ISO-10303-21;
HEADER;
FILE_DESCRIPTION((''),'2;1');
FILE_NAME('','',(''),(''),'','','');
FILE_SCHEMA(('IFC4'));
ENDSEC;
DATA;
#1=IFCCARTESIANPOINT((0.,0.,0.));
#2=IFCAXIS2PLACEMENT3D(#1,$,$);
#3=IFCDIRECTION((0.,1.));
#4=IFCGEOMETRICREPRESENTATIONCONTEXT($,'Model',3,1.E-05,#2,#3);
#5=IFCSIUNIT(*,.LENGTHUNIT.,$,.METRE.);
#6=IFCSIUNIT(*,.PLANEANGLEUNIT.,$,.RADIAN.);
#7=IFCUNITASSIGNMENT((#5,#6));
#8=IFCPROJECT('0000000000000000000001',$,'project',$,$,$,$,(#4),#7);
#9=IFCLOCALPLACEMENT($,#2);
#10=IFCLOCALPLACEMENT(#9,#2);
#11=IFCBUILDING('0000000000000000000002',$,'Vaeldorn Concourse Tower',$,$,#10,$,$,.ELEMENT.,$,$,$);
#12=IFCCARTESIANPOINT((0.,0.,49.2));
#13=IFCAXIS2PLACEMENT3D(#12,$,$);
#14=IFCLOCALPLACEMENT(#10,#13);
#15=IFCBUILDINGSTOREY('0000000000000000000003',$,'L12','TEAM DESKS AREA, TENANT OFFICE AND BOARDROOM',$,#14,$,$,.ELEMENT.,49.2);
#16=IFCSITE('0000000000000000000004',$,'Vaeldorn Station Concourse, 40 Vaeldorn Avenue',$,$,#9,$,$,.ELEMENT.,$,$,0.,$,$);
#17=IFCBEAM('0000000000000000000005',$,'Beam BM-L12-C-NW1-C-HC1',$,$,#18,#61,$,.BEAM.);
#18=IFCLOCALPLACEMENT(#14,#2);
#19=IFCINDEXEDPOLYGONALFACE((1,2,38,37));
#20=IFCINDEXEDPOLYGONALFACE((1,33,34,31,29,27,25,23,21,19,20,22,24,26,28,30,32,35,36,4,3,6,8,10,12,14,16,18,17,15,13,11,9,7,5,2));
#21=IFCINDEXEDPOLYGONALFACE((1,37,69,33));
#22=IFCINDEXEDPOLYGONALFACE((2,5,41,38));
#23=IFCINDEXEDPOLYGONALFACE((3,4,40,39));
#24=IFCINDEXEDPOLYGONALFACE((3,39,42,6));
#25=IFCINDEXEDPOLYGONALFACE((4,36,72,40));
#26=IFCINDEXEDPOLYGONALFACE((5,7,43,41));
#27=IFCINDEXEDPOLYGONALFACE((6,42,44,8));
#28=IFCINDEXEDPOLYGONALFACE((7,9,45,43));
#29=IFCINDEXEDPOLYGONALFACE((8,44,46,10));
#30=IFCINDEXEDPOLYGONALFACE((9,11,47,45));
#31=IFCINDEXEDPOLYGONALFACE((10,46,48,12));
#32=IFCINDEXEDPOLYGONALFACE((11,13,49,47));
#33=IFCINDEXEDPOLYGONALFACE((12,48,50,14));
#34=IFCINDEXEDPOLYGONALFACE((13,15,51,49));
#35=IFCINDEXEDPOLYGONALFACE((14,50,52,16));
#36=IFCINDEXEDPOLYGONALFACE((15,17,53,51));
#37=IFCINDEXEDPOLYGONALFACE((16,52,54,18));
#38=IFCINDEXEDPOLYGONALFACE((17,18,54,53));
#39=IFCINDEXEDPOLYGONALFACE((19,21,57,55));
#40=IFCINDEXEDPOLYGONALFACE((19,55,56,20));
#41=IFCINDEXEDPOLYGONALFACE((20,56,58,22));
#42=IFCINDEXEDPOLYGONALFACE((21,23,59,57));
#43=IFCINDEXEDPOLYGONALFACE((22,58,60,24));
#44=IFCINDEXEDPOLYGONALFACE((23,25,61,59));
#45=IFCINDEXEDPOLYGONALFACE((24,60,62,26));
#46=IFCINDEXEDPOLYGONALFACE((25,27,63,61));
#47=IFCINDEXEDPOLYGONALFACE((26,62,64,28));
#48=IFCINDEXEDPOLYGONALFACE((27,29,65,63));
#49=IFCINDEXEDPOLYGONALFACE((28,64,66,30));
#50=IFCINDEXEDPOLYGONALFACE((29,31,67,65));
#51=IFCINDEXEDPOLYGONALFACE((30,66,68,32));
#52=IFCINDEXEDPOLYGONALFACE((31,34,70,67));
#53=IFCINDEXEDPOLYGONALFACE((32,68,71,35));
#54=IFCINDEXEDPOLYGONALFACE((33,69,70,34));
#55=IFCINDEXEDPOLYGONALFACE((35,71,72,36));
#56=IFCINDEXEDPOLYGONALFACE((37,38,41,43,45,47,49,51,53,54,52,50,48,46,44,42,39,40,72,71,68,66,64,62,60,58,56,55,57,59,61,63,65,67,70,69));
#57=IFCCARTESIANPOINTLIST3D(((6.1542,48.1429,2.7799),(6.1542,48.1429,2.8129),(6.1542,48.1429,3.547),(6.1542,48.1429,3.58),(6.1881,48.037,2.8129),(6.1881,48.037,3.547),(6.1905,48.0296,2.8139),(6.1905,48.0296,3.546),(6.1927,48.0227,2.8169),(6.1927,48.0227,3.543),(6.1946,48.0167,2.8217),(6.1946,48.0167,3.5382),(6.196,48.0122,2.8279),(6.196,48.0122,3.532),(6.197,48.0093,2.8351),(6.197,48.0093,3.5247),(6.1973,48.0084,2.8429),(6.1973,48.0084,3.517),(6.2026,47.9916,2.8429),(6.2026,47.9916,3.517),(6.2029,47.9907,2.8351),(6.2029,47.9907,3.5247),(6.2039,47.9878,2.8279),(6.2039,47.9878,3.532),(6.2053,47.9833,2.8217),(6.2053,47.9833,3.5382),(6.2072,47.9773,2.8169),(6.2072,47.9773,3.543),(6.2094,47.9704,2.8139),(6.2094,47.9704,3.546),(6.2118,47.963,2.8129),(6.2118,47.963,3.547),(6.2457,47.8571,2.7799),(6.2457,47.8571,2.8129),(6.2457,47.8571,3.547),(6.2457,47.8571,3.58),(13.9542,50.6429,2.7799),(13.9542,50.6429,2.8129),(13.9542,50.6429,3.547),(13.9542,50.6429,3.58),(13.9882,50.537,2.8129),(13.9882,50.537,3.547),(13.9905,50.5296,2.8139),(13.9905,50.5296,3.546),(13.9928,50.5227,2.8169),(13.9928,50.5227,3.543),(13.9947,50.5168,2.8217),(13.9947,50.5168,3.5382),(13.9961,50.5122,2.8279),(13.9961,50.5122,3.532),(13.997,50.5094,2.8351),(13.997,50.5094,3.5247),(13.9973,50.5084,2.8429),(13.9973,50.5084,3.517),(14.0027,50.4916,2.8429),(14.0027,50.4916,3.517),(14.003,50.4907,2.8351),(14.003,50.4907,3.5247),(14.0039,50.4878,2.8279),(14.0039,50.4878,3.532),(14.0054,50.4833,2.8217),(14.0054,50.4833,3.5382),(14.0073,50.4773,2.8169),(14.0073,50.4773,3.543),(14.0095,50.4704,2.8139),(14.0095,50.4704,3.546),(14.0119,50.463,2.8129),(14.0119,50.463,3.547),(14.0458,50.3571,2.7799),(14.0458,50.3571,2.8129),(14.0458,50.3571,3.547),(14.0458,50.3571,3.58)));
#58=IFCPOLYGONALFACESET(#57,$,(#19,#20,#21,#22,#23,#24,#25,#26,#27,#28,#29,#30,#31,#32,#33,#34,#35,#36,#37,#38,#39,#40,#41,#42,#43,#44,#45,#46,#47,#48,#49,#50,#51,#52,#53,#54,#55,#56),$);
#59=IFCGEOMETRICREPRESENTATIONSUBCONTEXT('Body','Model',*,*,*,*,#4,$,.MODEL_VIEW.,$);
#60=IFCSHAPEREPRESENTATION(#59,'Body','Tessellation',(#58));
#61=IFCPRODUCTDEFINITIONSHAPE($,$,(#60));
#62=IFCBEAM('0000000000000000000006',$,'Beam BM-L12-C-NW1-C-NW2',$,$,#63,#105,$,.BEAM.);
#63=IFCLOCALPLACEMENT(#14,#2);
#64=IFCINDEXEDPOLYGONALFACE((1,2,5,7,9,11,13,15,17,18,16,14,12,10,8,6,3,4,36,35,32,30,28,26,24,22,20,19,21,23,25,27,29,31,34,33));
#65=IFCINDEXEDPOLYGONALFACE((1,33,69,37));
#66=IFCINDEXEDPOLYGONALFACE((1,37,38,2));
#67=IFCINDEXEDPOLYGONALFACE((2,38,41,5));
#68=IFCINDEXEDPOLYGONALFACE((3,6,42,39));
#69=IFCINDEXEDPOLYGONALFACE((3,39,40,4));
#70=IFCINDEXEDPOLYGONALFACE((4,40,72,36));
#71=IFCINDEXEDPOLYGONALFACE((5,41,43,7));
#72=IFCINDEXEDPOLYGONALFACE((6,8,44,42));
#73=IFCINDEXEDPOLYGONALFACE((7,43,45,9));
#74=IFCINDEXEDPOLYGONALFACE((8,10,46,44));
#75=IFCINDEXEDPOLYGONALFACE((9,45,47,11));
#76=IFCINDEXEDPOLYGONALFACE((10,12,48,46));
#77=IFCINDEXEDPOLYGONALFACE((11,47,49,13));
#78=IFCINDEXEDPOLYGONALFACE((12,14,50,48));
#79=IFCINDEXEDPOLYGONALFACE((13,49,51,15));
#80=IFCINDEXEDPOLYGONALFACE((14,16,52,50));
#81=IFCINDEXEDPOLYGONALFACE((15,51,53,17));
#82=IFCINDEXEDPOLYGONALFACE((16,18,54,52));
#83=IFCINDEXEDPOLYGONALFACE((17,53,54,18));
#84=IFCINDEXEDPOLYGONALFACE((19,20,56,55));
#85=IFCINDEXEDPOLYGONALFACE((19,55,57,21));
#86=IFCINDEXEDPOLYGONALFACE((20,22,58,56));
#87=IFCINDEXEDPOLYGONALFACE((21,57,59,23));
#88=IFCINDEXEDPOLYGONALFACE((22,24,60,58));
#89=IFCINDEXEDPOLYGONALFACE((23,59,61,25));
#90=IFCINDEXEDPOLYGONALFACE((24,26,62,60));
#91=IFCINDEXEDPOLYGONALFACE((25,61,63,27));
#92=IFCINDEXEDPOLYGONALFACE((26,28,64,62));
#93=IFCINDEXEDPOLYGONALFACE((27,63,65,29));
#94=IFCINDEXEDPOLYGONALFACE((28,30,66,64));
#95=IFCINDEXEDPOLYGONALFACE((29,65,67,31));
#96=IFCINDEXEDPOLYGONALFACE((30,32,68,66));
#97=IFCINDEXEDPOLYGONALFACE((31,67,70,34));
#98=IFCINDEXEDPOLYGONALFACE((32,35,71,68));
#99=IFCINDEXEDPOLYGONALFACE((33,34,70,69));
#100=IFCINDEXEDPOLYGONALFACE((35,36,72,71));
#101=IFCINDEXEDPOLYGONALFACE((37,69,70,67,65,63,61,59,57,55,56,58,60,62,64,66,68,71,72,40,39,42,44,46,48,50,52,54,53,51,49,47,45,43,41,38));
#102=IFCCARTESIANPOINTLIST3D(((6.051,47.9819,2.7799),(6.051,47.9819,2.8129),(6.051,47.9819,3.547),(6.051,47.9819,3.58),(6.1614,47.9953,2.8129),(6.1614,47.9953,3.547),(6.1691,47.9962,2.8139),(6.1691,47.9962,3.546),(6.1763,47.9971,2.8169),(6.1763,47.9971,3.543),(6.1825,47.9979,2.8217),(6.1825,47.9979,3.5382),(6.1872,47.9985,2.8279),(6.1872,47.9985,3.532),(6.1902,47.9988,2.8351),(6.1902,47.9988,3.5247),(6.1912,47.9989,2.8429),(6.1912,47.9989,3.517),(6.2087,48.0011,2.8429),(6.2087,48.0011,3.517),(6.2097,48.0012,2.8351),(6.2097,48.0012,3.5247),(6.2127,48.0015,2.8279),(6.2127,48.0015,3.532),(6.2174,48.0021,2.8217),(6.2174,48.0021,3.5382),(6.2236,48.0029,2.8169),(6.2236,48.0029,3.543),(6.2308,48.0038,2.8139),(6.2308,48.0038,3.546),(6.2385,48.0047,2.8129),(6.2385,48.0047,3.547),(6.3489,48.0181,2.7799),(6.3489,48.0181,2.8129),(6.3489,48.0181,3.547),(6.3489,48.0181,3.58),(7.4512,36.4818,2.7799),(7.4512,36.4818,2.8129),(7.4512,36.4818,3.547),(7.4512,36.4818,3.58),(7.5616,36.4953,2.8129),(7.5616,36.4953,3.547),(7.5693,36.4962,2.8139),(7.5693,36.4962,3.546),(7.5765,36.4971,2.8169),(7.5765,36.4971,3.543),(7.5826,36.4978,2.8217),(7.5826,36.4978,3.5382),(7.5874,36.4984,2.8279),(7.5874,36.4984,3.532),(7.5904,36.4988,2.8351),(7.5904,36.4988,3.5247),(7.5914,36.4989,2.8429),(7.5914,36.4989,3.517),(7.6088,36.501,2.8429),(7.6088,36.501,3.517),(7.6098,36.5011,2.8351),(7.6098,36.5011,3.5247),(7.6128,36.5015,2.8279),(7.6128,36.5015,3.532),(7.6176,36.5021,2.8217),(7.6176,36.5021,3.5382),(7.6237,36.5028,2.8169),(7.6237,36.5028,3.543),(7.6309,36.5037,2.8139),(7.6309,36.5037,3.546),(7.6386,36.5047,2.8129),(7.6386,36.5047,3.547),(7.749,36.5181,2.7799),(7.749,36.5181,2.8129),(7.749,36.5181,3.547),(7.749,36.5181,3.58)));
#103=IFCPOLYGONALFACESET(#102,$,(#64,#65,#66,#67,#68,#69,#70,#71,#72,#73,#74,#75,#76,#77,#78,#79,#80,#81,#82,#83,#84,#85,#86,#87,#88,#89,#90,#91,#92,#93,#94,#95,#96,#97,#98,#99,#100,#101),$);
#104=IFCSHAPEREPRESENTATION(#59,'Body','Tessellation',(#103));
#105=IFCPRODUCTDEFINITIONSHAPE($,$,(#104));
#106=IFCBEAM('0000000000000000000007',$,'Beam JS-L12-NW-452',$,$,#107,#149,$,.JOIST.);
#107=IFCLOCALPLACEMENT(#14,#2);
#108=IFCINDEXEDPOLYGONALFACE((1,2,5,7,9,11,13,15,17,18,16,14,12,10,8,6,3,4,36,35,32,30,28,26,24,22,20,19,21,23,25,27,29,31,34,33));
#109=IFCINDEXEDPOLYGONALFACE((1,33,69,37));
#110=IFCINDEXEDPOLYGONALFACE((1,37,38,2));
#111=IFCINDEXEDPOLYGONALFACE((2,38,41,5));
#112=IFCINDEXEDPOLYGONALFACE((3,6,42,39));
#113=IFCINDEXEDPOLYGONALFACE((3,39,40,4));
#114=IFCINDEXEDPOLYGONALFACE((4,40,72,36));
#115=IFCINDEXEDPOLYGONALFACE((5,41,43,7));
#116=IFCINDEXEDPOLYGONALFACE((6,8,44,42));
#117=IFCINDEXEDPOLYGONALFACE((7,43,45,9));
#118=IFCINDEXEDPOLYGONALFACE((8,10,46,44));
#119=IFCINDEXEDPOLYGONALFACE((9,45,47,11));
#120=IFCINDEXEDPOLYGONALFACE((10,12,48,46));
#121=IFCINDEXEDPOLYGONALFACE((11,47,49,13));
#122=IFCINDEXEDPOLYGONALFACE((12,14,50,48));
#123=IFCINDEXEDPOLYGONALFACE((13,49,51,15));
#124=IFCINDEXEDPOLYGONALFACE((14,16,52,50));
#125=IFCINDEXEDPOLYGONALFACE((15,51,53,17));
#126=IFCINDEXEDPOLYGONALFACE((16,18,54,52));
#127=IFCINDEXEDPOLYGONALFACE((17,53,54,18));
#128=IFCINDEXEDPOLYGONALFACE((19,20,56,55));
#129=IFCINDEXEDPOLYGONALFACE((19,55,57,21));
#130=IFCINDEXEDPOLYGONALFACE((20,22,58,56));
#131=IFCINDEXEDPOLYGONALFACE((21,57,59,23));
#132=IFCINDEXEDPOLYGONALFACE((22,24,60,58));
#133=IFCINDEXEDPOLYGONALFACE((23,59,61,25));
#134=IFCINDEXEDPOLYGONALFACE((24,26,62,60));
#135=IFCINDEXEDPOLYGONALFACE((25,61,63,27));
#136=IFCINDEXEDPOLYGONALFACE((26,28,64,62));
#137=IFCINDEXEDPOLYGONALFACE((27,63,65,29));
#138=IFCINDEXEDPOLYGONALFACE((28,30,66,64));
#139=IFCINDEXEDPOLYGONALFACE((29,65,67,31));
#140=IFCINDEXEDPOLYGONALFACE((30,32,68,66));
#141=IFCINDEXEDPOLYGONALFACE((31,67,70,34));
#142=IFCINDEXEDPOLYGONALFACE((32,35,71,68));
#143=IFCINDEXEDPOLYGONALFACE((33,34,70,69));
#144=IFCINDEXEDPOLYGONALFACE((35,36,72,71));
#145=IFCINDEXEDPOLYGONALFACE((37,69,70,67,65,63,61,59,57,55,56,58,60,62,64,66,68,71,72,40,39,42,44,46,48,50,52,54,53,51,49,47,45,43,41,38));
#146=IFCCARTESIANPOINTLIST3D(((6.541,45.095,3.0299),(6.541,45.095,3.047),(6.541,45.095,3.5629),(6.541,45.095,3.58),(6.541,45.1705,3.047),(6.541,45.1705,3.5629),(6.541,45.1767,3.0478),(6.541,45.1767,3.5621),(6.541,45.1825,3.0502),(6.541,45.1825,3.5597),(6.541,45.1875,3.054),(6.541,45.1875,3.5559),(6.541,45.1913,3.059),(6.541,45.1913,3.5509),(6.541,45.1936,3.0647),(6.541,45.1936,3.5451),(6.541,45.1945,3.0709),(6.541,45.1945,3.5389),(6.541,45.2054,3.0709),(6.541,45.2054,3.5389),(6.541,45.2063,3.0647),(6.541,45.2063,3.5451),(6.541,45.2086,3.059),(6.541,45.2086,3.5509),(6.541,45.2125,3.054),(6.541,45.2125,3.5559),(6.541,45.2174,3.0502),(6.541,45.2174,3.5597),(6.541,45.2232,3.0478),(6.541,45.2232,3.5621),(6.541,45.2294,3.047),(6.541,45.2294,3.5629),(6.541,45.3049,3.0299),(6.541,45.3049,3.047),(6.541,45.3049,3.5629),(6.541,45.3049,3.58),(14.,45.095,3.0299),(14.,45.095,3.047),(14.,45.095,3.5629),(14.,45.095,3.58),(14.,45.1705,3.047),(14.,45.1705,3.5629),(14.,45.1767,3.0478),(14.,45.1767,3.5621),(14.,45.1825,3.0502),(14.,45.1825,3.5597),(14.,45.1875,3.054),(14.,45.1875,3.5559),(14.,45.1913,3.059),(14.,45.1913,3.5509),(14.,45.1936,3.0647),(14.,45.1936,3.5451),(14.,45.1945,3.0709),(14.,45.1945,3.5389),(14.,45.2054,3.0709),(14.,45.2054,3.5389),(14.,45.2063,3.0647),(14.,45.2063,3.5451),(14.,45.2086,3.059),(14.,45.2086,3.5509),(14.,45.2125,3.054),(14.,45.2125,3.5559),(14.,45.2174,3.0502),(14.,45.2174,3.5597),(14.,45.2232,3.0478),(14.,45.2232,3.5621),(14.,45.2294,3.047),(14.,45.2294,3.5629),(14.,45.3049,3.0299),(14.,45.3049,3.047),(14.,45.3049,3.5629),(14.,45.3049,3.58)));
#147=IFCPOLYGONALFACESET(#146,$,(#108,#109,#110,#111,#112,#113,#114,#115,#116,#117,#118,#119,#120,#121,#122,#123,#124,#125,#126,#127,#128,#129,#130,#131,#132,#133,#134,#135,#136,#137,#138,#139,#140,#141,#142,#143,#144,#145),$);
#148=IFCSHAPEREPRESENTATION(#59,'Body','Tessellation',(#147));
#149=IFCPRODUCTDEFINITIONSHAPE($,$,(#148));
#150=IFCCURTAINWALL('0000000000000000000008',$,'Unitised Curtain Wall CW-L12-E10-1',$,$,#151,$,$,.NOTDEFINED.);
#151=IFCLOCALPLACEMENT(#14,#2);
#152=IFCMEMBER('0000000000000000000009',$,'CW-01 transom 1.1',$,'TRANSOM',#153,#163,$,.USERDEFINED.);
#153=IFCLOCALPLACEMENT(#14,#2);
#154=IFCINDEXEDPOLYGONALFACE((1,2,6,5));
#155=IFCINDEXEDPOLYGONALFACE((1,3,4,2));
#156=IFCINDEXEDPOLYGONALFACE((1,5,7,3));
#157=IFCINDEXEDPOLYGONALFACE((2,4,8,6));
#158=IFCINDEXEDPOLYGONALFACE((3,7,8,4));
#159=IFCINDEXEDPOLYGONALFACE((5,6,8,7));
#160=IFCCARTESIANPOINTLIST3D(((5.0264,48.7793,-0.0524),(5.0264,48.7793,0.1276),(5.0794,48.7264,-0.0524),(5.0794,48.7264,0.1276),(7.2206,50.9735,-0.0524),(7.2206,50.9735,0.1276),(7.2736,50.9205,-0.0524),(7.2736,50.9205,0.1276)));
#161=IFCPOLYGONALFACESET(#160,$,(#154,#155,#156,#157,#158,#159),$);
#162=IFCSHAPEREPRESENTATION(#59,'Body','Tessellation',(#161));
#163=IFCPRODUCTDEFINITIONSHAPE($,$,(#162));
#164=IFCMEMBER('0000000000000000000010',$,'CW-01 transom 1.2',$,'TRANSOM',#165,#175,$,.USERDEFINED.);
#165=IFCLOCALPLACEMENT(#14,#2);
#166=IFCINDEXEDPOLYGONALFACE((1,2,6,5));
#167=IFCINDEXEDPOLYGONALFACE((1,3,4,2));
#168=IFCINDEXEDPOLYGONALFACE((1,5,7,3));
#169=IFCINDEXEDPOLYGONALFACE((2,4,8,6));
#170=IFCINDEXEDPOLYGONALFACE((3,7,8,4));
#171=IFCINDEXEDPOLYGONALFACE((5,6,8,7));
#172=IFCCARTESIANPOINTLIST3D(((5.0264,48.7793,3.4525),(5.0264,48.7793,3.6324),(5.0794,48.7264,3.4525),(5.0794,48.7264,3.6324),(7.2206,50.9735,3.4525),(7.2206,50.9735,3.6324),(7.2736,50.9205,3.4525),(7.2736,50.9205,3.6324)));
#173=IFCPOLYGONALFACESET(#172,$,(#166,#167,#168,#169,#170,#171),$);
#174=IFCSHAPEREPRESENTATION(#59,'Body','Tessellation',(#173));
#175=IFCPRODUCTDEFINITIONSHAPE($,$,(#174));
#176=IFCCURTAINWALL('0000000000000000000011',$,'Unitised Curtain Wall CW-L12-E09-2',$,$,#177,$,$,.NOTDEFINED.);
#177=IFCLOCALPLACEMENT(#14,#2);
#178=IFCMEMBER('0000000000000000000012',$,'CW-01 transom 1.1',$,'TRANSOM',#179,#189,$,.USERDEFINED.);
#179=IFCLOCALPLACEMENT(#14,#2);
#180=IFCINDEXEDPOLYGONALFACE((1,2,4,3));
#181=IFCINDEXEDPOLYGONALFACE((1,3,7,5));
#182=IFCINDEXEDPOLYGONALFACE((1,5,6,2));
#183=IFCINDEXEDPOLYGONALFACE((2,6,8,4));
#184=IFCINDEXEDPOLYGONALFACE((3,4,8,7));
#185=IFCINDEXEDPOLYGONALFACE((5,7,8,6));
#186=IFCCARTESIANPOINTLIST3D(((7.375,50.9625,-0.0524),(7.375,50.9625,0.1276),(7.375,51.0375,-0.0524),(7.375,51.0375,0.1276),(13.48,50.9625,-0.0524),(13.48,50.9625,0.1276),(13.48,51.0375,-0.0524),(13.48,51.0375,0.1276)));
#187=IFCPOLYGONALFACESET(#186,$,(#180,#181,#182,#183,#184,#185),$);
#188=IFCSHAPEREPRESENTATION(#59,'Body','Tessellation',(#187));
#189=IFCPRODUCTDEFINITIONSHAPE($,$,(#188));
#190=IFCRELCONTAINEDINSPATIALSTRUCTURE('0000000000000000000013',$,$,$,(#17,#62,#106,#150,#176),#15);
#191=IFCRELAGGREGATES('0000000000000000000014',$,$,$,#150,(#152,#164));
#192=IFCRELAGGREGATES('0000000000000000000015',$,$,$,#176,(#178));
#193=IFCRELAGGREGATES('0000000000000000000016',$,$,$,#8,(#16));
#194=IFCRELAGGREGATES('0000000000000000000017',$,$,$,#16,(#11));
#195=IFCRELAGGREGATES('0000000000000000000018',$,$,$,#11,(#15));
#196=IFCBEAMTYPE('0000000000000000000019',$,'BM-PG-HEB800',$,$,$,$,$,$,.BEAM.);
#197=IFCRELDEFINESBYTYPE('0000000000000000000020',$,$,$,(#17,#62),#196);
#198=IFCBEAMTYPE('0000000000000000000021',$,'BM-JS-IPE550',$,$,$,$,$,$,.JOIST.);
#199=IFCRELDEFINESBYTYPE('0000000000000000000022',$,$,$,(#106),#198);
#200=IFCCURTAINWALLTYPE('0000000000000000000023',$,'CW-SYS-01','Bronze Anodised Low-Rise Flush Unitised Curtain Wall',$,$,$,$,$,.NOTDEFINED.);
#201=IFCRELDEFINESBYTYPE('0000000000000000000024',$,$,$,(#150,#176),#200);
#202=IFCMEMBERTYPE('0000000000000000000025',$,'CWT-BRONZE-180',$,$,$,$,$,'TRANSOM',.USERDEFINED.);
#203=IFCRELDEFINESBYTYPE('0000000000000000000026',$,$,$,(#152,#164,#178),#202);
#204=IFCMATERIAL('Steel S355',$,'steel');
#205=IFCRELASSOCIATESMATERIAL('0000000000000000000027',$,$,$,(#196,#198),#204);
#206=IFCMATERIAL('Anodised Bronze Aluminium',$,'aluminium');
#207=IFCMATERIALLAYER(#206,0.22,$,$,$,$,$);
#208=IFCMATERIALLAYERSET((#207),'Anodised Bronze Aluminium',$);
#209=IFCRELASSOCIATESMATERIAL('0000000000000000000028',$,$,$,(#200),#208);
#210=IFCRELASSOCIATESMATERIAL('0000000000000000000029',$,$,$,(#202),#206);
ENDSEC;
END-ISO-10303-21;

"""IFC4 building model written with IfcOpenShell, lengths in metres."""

from ifc_helpers import new_model, si_unit, direction, frame, origin, origin_2d, place, context, subcontext, project, spatial, rectangle, i_section, extrude, source, transform, mapped, material, layer, layer_set, material_profile, profile_set, type_object, element, aggregate, save


model = new_model("IFC4")

# Units and contexts
model_context = context("Model", 3, precision=1e-05, world=origin(), true_north=direction((0.0, 1.0)))
body_context = subcontext(model_context, "Body", "Model", "MODEL_VIEW")
ifc_project = project(units=[si_unit("LENGTHUNIT", "METRE"), si_unit("PLANEANGLEUNIT", "RADIAN")], contexts=[model_context])

# Site, building, storey
site_placement = place(None, origin())
site = spatial("IfcSite", under=ifc_project, at=site_placement, Name="Vaeldorn Station Concourse, 40 Vaeldorn Avenue", CompositionType="ELEMENT", RefElevation=0.0)
building_placement = place(site_placement, origin())
building = spatial("IfcBuilding", under=site, at=building_placement, Name="Vaeldorn Concourse Tower", CompositionType="ELEMENT")
storey_placement = place(building_placement, frame((0.0, 0.0, 49.2)))
storey = spatial("IfcBuildingStorey", under=building, at=storey_placement, Name="L12", Description="TEAM DESKS AREA, TENANT OFFICE AND BOARDROOM", CompositionType="ELEMENT", Elevation=49.2)

# Beams
ifc_material_1 = material(Name="Steel S355", Category="steel")
ifc_material_profile_1 = material_profile(ifc_material_1, i_section(OverallWidth=0.3, OverallDepth=0.8, WebThickness=0.0176, FlangeThickness=0.033, FilletRadius=0.03, at=origin_2d()), Name="HEB 800")
ifc_profile_set_1 = profile_set([ifc_material_profile_1], Name="Steel S355")
beam_type_1 = type_object("IfcBeamType", Name="BM-PG-HEB800", PredefinedType="BEAM", material=ifc_profile_set_1)
shared_shape_1 = source(origin(), body_context, "Body", "SweptSolid", [
    extrude(i_section(OverallWidth=0.3, OverallDepth=0.8, WebThickness=0.0176, FlangeThickness=0.033, FilletRadius=0.03, at=origin_2d()), origin(), (0.0, 0.0, 1.0), 8.1909),
])
beam_1_placement = place(storey_placement, frame((6.2, 48.0, 3.1799), z_axis=(0.952283, 0.305217, 0.0), x_axis=(-0.305217, 0.952283, 0.0)))
element("IfcBeam", 1, at=beam_1_placement, inside=storey, type_object=beam_type_1, Name="Beam BM-L12-C-NW1-C-HC1", PredefinedType="BEAM", context=body_context, shape_type="MappedRepresentation", body=[
    mapped(shared_shape_1, transform((0.0, 0.0, 0.0), scale=1.0)),
])
shared_shape_2 = source(origin(), body_context, "Body", "SweptSolid", [
    extrude(i_section(OverallWidth=0.3, OverallDepth=0.8, WebThickness=0.0176, FlangeThickness=0.033, FilletRadius=0.03, at=origin_2d()), origin(), (0.0, 0.0, 1.0), 11.585),
])
beam_2_placement = place(storey_placement, frame((6.2, 48.0, 3.1799), z_axis=(0.120859, -0.99267, 0.0), x_axis=(0.99267, 0.120859, 0.0)))
element("IfcBeam", 2, at=beam_2_placement, inside=storey, type_object=beam_type_1, Name="Beam BM-L12-C-NW1-C-NW2", PredefinedType="BEAM", context=body_context, shape_type="MappedRepresentation", body=[
    mapped(shared_shape_2, transform((0.0, 0.0, 0.0), scale=1.0)),
])
ifc_material_profile_2 = material_profile(ifc_material_1, i_section(OverallWidth=0.21, OverallDepth=0.55, WebThickness=0.011, FlangeThickness=0.0171, FilletRadius=0.0239, at=origin_2d()), Name="IPE 550")
ifc_profile_set_2 = profile_set([ifc_material_profile_2], Name="Steel S355")
beam_type_2 = type_object("IfcBeamType", Name="BM-JS-IPE550", PredefinedType="JOIST", material=ifc_profile_set_2)
shared_shape_3 = source(origin(), body_context, "Body", "SweptSolid", [
    extrude(i_section(OverallWidth=0.21, OverallDepth=0.55, WebThickness=0.011, FlangeThickness=0.0171, FilletRadius=0.0239, at=origin_2d()), origin(), (0.0, 0.0, 1.0), 7.459),
])
beam_3_placement = place(storey_placement, frame((6.541, 45.2, 3.3049), z_axis=(1.0, 0.0, 0.0), x_axis=(0.0, 1.0, 0.0)))
element("IfcBeam", 3, at=beam_3_placement, inside=storey, type_object=beam_type_2, Name="Beam JS-L12-NW-452", PredefinedType="JOIST", context=body_context, shape_type="MappedRepresentation", body=[
    mapped(shared_shape_3, transform((0.0, 0.0, 0.0), scale=1.0)),
])

# Curtain walls, members
ifc_material_2 = material(Name="Anodised Bronze Aluminium", Category="aluminium")
ifc_layer_1 = layer(ifc_material_2, 0.22)
ifc_layer_set_1 = layer_set([ifc_layer_1], Name="Anodised Bronze Aluminium")
curtain_wall_type = type_object("IfcCurtainWallType", Name="CW-SYS-01", Description="Bronze Anodised Low-Rise Flush Unitised Curtain Wall", PredefinedType="NOTDEFINED", material=ifc_layer_set_1)
curtain_wall_1_placement = place(storey_placement, origin())
curtain_wall_1 = element("IfcCurtainWall", 4, at=curtain_wall_1_placement, inside=storey, type_object=curtain_wall_type, Name="Unitised Curtain Wall CW-L12-E10-1", PredefinedType="NOTDEFINED")
ifc_material_profile_3 = material_profile(ifc_material_2, rectangle(XDim=0.075, YDim=0.1799, at=origin_2d()), Name="CWT 75x180")
ifc_profile_set_3 = profile_set([ifc_material_profile_3], Name="Anodised Bronze Aluminium")
member_type_1 = type_object("IfcMemberType", Name="CWT-BRONZE-180", ElementType="TRANSOM", PredefinedType="USERDEFINED", material=ifc_profile_set_3)
shared_shape_4 = source(origin(), body_context, "Body", "SweptSolid", [
    extrude(rectangle(XDim=0.075, YDim=0.1799, at=origin_2d()), origin(), (0.0, 0.0, 1.0), 3.103),
])
member_1_placement = place(storey_placement, frame((7.2471, 50.947, 0.0376), z_axis=(-0.707107, -0.707107, 0.0), x_axis=(0.707107, -0.707107, 0.0)))
member_1 = element("IfcMember", 5, at=member_1_placement, type_object=member_type_1, Name="CW-01 transom 1.1", ObjectType="TRANSOM", PredefinedType="USERDEFINED", context=body_context, shape_type="MappedRepresentation", body=[
    mapped(shared_shape_4, transform((0.0, 0.0, 0.0), scale=1.0)),
])
member_2_placement = place(storey_placement, frame((7.2471, 50.947, 3.5425), z_axis=(-0.707107, -0.707107, 0.0), x_axis=(0.707107, -0.707107, 0.0)))
member_2 = element("IfcMember", 6, at=member_2_placement, type_object=member_type_1, Name="CW-01 transom 1.2", ObjectType="TRANSOM", PredefinedType="USERDEFINED", context=body_context, shape_type="MappedRepresentation", body=[
    mapped(shared_shape_4, transform((0.0, 0.0, 0.0), scale=1.0)),
])
curtain_wall_2_placement = place(storey_placement, origin())
curtain_wall_2 = element("IfcCurtainWall", 7, at=curtain_wall_2_placement, inside=storey, type_object=curtain_wall_type, Name="Unitised Curtain Wall CW-L12-E09-2", PredefinedType="NOTDEFINED")
shared_shape_5 = source(origin(), body_context, "Body", "SweptSolid", [
    extrude(rectangle(XDim=0.075, YDim=0.1799, at=origin_2d()), origin(), (0.0, 0.0, 1.0), 6.105),
])
member_3_placement = place(storey_placement, frame((13.48, 51.0, 0.0376), z_axis=(-1.0, 0.0, 0.0), x_axis=(0.0, -1.0, 0.0)))
member_3 = element("IfcMember", 8, at=member_3_placement, type_object=member_type_1, Name="CW-01 transom 1.1", ObjectType="TRANSOM", PredefinedType="USERDEFINED", context=body_context, shape_type="MappedRepresentation", body=[
    mapped(shared_shape_5, transform((0.0, 0.0, 0.0), scale=1.0)),
])

aggregate(curtain_wall_1, [member_1, member_2])
aggregate(curtain_wall_2, [member_3])

save(model, "model.ifc")
